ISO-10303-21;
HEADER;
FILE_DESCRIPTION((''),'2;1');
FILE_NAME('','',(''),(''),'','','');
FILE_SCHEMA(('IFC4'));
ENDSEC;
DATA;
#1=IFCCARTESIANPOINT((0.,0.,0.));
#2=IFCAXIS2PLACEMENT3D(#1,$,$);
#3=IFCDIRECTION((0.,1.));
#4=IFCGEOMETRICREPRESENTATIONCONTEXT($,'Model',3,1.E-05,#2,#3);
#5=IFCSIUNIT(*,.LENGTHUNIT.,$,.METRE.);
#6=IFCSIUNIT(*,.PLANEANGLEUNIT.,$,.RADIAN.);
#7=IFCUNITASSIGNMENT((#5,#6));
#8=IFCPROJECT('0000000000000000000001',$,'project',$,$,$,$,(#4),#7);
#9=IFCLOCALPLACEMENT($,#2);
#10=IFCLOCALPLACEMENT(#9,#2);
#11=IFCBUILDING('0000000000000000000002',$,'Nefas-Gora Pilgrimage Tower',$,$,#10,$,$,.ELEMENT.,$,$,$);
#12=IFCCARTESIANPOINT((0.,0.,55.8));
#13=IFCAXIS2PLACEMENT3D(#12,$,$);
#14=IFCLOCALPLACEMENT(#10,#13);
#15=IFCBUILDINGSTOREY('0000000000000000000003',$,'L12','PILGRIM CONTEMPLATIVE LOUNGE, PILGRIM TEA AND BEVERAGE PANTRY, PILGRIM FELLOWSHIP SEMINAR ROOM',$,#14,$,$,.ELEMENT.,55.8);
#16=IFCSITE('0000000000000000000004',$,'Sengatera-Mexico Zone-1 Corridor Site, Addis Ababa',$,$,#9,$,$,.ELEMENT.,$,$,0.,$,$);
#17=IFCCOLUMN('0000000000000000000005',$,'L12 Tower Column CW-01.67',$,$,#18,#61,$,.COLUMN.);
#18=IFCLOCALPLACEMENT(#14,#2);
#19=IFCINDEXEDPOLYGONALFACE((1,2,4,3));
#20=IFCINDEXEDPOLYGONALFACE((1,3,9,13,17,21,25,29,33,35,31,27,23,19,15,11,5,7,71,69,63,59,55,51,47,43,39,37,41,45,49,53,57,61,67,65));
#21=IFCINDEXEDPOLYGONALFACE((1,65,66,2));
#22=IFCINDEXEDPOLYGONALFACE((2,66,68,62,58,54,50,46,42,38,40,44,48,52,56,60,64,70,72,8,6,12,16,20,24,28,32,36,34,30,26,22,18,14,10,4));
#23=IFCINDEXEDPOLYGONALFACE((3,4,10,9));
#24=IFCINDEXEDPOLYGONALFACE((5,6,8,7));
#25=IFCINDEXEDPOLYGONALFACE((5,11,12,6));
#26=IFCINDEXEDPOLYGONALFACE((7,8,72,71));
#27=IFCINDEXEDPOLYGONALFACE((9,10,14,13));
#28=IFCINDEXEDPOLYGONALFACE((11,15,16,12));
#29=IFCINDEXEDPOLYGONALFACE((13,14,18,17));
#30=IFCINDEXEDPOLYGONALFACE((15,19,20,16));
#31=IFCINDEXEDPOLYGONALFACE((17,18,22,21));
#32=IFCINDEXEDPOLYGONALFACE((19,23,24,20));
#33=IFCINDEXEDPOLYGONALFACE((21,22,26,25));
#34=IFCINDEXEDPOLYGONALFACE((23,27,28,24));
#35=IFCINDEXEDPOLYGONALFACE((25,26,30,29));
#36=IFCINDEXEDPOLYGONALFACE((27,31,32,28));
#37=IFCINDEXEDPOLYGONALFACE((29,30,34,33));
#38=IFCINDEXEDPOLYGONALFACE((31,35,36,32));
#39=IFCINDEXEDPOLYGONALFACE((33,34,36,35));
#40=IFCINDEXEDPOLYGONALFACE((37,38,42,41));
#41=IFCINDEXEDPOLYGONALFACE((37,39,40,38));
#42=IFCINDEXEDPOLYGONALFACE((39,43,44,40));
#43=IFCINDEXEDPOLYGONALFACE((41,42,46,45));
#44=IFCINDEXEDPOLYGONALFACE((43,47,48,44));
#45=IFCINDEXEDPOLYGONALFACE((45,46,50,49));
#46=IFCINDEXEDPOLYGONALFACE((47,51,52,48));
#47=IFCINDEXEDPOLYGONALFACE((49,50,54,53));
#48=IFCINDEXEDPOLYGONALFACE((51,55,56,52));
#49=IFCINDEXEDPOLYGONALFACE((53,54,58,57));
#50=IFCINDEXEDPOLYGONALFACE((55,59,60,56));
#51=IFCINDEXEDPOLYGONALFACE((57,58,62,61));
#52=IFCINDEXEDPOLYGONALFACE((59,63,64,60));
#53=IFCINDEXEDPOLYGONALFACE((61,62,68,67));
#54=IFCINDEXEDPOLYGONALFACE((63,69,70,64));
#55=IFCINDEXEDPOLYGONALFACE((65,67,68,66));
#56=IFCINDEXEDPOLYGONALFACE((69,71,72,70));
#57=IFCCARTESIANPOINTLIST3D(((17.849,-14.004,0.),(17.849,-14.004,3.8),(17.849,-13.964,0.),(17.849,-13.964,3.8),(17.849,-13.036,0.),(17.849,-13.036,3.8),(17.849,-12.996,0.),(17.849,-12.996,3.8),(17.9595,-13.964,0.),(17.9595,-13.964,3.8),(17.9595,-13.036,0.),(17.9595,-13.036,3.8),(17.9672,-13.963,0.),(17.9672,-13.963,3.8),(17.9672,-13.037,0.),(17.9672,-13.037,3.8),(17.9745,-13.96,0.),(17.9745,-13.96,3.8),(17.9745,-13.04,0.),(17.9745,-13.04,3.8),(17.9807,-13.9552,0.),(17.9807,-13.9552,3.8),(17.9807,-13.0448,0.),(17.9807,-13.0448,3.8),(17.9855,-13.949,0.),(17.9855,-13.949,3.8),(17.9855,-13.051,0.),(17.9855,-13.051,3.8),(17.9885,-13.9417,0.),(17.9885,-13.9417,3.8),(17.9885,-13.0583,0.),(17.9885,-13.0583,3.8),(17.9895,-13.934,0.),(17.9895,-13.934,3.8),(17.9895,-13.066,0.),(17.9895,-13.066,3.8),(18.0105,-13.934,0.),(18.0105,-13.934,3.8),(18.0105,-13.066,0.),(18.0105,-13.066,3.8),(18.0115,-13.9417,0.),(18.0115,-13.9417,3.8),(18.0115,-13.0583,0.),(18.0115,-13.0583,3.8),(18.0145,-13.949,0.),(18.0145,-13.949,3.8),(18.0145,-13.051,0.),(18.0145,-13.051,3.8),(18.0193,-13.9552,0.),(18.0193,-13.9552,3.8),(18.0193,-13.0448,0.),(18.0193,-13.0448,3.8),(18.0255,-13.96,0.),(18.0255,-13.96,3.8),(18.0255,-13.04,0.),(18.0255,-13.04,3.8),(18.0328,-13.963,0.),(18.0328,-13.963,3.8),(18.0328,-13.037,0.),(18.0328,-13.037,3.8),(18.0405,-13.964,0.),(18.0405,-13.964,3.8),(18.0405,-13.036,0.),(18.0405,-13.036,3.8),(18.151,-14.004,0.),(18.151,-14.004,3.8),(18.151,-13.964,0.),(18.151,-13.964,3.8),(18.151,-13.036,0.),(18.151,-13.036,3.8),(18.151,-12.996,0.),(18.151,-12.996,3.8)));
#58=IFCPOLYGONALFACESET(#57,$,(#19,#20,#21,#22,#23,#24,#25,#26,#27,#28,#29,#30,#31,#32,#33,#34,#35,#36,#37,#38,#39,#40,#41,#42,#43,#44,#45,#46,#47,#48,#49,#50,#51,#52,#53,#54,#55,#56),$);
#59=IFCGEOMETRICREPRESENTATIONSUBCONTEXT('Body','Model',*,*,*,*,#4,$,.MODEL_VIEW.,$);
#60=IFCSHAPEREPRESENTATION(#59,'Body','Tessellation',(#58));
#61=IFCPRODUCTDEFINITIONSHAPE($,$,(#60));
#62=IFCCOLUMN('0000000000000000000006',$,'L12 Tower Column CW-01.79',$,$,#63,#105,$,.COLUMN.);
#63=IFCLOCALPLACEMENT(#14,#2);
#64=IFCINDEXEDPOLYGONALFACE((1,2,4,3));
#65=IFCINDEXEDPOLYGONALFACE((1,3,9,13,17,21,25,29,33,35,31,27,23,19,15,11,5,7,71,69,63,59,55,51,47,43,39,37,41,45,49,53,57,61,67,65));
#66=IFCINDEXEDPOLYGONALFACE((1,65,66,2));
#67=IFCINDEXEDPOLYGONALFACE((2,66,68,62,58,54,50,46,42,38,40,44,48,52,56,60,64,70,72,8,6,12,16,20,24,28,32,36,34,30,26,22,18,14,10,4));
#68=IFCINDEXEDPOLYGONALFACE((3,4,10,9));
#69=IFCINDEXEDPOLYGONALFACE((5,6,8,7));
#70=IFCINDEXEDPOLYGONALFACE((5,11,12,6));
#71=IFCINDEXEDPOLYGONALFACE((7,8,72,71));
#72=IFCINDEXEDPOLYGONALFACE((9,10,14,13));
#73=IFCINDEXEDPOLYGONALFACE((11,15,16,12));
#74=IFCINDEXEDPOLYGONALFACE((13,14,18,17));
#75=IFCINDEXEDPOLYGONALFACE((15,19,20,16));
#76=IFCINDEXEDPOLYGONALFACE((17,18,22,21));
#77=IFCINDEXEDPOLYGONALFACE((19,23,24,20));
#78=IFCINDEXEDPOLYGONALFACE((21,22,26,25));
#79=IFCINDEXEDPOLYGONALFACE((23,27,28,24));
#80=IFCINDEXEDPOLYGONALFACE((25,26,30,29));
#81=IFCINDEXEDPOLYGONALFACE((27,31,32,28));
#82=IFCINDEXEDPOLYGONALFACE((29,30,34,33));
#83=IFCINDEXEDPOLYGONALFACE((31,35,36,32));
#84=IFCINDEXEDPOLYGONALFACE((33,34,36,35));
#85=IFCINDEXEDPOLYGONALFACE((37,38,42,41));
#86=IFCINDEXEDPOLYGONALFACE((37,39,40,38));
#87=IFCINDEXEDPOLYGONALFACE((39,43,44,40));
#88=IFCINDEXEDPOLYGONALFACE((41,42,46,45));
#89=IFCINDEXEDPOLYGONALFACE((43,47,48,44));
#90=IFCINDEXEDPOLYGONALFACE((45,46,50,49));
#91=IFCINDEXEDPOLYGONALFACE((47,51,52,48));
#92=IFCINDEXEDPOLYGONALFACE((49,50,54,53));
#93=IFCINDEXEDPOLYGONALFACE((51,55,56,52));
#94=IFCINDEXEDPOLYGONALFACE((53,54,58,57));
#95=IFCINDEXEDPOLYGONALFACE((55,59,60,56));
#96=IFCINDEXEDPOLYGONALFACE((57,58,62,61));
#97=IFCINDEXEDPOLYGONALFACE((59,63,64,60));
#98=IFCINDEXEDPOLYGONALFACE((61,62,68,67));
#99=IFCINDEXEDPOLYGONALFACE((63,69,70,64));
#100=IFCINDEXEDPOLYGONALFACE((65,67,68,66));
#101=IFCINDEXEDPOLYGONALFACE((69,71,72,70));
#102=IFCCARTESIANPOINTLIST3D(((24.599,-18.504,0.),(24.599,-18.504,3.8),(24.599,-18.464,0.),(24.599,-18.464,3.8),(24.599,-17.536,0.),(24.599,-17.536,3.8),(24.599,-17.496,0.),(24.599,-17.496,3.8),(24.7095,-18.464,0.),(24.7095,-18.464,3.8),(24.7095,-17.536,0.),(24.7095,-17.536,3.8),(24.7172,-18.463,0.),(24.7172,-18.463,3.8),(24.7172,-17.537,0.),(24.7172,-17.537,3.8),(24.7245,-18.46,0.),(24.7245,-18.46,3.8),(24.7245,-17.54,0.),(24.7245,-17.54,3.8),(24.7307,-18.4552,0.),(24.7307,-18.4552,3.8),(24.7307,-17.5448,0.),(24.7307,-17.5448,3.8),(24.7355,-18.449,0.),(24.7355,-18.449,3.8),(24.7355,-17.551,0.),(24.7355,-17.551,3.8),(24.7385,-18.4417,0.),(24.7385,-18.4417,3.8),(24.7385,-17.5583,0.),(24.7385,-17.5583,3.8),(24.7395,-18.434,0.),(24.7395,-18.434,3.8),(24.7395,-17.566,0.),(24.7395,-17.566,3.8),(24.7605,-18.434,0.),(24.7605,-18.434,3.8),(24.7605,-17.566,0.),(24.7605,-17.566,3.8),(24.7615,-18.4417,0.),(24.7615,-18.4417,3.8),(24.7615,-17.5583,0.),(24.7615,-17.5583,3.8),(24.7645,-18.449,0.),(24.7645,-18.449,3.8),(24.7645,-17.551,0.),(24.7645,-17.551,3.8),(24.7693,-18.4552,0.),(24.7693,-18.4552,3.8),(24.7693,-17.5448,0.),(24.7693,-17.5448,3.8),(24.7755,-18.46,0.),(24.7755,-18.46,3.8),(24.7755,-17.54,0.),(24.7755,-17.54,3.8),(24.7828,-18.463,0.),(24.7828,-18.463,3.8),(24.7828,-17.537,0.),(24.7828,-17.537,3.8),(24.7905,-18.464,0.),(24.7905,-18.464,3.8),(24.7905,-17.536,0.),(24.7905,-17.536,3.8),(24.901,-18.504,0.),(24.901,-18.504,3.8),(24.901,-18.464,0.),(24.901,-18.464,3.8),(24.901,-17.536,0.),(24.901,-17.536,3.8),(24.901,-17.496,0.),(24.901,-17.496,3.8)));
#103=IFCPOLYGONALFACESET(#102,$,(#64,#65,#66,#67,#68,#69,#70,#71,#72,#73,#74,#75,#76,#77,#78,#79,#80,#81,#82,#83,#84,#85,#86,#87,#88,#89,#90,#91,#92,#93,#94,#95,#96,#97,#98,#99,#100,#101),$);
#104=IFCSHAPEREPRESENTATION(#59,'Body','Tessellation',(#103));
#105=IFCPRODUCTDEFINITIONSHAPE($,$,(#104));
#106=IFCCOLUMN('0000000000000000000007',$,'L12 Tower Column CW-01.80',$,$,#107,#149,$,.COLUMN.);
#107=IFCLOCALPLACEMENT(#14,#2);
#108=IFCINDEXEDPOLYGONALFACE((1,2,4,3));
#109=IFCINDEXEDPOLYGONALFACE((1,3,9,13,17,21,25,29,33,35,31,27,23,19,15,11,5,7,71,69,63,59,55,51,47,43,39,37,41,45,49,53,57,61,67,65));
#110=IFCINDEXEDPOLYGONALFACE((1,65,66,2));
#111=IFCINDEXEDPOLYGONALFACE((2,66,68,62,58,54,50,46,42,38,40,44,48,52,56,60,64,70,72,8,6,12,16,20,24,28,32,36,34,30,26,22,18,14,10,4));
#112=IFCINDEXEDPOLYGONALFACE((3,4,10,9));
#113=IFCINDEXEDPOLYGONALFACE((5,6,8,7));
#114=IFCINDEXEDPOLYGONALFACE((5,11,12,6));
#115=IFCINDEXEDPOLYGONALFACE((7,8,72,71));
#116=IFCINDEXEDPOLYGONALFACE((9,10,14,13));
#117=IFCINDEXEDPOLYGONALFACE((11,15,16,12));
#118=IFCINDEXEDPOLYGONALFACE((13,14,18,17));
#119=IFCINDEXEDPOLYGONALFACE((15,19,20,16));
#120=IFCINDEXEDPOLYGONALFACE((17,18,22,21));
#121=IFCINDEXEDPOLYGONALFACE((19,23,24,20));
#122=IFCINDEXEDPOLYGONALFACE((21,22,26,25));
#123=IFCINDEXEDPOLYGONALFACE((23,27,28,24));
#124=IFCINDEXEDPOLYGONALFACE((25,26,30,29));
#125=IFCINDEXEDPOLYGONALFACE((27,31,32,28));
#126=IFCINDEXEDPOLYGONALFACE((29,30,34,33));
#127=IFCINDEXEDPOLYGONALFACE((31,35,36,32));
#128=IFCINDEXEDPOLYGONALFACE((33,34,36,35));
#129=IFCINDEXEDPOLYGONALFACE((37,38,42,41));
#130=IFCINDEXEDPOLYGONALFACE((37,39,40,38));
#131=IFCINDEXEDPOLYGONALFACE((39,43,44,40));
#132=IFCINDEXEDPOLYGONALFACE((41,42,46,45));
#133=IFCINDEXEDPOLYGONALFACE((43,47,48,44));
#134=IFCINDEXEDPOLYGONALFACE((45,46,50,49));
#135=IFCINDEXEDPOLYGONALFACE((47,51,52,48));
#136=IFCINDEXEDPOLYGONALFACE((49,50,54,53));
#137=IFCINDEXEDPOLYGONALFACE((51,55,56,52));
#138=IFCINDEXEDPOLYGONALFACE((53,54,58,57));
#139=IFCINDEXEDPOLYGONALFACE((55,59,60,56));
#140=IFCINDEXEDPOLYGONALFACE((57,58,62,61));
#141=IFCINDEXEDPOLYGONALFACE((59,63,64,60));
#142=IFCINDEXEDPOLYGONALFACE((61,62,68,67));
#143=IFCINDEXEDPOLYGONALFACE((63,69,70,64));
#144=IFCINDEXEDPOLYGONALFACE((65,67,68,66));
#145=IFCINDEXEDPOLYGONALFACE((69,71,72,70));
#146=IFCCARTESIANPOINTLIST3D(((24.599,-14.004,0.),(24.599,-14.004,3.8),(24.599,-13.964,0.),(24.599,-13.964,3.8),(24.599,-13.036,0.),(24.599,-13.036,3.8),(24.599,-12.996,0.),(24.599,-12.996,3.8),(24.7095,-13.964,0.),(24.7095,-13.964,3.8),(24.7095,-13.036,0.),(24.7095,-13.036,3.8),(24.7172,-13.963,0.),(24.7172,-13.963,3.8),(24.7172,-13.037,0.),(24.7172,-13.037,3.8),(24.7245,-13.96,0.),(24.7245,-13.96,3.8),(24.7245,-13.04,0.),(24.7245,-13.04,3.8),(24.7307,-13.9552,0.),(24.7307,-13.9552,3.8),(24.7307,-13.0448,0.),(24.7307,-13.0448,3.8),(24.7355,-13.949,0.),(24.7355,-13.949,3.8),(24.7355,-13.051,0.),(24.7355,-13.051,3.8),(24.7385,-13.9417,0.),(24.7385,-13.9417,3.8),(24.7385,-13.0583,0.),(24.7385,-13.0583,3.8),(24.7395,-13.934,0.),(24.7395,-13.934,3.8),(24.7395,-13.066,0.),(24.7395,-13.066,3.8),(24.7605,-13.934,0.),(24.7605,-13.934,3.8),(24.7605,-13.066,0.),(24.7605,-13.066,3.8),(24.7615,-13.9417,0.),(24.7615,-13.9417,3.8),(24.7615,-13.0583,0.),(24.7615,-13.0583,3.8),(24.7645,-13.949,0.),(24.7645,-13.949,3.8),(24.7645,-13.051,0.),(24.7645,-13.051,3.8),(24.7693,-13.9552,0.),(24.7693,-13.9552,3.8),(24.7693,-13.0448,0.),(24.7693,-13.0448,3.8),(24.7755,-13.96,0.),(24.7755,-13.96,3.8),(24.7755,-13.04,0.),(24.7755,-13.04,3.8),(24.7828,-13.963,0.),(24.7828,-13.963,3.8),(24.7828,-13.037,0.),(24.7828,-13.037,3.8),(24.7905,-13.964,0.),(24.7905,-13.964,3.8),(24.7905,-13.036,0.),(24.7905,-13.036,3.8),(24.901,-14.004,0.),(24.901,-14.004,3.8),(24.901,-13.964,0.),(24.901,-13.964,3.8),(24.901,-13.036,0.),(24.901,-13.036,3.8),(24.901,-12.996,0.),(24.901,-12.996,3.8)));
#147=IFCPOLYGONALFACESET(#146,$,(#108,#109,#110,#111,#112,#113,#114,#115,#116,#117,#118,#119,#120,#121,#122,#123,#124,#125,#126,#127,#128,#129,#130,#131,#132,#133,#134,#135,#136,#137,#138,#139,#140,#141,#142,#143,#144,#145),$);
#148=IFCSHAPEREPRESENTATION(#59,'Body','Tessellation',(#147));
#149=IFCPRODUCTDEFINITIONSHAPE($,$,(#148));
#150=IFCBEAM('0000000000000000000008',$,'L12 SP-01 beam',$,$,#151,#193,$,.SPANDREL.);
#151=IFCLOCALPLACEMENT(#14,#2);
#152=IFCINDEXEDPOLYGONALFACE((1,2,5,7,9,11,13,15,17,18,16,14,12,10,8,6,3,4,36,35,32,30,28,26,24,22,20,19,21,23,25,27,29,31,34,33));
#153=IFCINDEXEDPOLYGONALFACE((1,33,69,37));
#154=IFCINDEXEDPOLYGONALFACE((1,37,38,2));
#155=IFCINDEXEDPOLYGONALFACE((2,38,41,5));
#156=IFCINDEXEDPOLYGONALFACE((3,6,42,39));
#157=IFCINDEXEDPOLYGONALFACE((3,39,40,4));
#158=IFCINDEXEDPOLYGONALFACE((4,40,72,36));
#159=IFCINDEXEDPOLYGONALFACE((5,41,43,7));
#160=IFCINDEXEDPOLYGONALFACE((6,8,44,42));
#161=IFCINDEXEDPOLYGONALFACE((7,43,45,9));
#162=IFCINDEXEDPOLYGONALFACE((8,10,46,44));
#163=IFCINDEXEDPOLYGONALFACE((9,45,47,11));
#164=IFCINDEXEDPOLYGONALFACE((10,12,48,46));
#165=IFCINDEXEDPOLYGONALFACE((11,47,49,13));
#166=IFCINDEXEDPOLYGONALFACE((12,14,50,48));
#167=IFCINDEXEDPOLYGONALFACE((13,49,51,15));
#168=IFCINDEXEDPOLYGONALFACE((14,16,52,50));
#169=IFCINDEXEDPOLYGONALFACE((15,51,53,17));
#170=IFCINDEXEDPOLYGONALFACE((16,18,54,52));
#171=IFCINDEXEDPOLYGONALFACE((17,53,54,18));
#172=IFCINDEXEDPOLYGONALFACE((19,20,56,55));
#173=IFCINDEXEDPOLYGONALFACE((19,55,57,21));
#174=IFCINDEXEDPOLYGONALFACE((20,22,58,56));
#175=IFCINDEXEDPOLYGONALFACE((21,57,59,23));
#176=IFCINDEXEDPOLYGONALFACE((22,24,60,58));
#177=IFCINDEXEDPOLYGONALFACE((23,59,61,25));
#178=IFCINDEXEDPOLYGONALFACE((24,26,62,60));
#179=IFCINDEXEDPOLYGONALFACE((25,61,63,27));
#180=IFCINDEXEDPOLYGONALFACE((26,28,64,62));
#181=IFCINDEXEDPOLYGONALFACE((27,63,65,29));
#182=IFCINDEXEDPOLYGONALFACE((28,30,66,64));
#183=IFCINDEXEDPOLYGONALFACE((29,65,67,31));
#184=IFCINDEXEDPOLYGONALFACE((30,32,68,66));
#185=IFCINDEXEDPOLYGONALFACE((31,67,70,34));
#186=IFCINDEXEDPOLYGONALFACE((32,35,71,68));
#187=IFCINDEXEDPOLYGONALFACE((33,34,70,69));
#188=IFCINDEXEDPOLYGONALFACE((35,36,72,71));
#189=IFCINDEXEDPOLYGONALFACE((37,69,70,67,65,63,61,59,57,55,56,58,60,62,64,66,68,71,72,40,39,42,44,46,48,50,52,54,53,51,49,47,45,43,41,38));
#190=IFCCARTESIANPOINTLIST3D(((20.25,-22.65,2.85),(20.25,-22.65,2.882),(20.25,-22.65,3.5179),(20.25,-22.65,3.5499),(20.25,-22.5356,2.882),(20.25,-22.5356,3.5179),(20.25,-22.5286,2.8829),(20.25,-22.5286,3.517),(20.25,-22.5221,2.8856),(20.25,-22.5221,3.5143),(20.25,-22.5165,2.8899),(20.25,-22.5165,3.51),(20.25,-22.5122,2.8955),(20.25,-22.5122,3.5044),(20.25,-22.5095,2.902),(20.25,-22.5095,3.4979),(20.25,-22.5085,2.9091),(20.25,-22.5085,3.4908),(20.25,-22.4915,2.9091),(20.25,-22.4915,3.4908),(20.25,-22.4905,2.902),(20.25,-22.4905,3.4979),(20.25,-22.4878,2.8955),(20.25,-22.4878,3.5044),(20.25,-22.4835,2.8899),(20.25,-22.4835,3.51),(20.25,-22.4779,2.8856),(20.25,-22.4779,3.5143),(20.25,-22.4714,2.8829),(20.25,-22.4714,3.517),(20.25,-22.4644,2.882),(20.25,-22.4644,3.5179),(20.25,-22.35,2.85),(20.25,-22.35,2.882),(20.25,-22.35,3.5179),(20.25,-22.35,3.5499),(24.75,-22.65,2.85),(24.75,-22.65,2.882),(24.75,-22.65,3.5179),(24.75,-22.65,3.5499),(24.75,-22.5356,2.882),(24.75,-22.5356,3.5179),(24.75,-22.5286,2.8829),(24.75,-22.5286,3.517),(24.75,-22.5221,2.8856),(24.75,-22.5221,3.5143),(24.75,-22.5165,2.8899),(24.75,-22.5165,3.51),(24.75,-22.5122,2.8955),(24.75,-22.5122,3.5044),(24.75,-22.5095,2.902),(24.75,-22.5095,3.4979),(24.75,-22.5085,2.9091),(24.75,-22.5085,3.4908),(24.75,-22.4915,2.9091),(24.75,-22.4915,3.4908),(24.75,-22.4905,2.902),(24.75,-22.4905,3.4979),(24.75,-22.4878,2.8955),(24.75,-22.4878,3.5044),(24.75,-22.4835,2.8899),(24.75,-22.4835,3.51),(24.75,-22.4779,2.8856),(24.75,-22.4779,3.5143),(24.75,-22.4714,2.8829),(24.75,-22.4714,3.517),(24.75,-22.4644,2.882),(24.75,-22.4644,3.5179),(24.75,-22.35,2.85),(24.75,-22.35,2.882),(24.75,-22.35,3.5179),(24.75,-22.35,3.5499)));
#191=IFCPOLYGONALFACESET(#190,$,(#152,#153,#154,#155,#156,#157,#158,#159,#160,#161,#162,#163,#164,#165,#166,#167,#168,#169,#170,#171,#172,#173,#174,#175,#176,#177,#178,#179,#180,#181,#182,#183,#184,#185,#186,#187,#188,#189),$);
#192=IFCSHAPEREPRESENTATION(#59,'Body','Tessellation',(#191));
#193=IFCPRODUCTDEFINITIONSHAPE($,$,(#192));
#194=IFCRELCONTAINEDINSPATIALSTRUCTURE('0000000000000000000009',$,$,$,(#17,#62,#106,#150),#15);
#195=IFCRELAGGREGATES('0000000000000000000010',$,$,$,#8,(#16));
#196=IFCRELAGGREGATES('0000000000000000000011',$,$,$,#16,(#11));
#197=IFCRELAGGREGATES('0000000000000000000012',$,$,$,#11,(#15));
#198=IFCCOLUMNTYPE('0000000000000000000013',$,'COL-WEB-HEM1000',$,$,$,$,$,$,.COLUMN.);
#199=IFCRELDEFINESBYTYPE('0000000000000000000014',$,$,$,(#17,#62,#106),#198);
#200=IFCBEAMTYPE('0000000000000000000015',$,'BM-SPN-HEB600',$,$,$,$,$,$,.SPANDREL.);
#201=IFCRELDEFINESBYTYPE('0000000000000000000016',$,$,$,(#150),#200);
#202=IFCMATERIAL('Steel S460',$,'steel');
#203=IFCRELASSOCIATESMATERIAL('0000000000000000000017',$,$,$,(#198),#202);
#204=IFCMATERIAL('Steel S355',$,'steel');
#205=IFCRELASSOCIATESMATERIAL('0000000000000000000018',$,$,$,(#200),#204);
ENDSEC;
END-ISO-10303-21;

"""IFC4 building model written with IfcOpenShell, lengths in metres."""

from ifc_helpers import new_model, si_unit, direction, frame, origin, origin_2d, place, context, subcontext, project, spatial, i_section, extrude, source, transform, mapped, material, material_profile, profile_set, type_object, element, save


model = new_model("IFC4")

# Units and contexts
model_context = context("Model", 3, precision=1e-05, world=origin(), true_north=direction((0.0, 1.0)))
body_context = subcontext(model_context, "Body", "Model", "MODEL_VIEW")
ifc_project = project(units=[si_unit("LENGTHUNIT", "METRE"), si_unit("PLANEANGLEUNIT", "RADIAN")], contexts=[model_context])

# Site, building, storey
site_placement = place(None, origin())
site = spatial("IfcSite", under=ifc_project, at=site_placement, Name="Sengatera-Mexico Zone-1 Corridor Site, Addis Ababa", CompositionType="ELEMENT", RefElevation=0.0)
building_placement = place(site_placement, origin())
building = spatial("IfcBuilding", under=site, at=building_placement, Name="Nefas-Gora Pilgrimage Tower", CompositionType="ELEMENT")
storey_placement = place(building_placement, frame((0.0, 0.0, 55.8)))
storey = spatial("IfcBuildingStorey", under=building, at=storey_placement, Name="L12", Description="PILGRIM CONTEMPLATIVE LOUNGE, PILGRIM TEA AND BEVERAGE PANTRY, PILGRIM FELLOWSHIP SEMINAR ROOM", CompositionType="ELEMENT", Elevation=55.8)

# Columns
ifc_material_1 = material(Name="Steel S460", Category="steel")
ifc_material_profile_1 = material_profile(ifc_material_1, i_section(OverallWidth=0.302, OverallDepth=1.0081, WebThickness=0.021, FlangeThickness=0.04, FilletRadius=0.03, at=origin_2d()), Name="HEM 1000")
ifc_profile_set_1 = profile_set([ifc_material_profile_1], Name="Steel S460")
column_type_1 = type_object("IfcColumnType", Name="COL-WEB-HEM1000", PredefinedType="COLUMN", material=ifc_profile_set_1)
shared_shape_1 = source(origin(), body_context, "Body", "SweptSolid", [
    extrude(i_section(OverallWidth=0.302, OverallDepth=1.0081, WebThickness=0.021, FlangeThickness=0.04, FilletRadius=0.03, at=origin_2d()), origin(), (0.0, 0.0, 1.0), 3.8),
])
for number, where, z_axis, x_axis, name in (
    (1, (18.0, -13.5, 0.0), (0.0, 0.0, 1.0), (1.0, 0.0, 0.0), "L12 Tower Column CW-01.67"),
    (2, (24.75, -18.0, 0.0), (0.0, 0.0, 1.0), (1.0, 0.0, 0.0), "L12 Tower Column CW-01.79"),
    (3, (24.75, -13.5, 0.0), (0.0, 0.0, 1.0), (1.0, 0.0, 0.0), "L12 Tower Column CW-01.80"),
):
    element("IfcColumn", number, at=place(storey_placement, frame(where, z_axis=z_axis, x_axis=x_axis)), inside=storey, type_object=column_type_1, Name=name, PredefinedType="COLUMN", context=body_context, shape_type="MappedRepresentation", body=[
        mapped(shared_shape_1, transform((0.0, 0.0, 0.0), x_axis=(1.0, 0.0, 0.0), y_axis=(0.0, 1.0, 0.0), z_axis=(0.0, 0.0, 1.0), scale=1.0)),
    ])

# Beam
ifc_material_2 = material(Name="Steel S355", Category="steel")
ifc_material_profile_2 = material_profile(ifc_material_2, i_section(OverallWidth=0.3, OverallDepth=0.7, WebThickness=0.0171, FlangeThickness=0.032, FilletRadius=0.0271, at=origin_2d()), Name="HEB 700")
ifc_profile_set_2 = profile_set([ifc_material_profile_2], Name="Steel S355")
beam_type_1 = type_object("IfcBeamType", Name="BM-SPN-HEB600", PredefinedType="SPANDREL", material=ifc_profile_set_2)
shared_shape_2 = source(origin(), body_context, "Body", "SweptSolid", [
    extrude(i_section(OverallWidth=0.3, OverallDepth=0.7, WebThickness=0.0171, FlangeThickness=0.032, FilletRadius=0.0271, at=origin_2d()), origin(), (0.0, 0.0, 1.0), 4.5),
])
beam_1_placement = place(storey_placement, frame((20.25, -22.5, 3.2), z_axis=(1.0, 0.0, 0.0), x_axis=(0.0, 1.0, 0.0)))
element("IfcBeam", 4, at=beam_1_placement, inside=storey, type_object=beam_type_1, Name="L12 SP-01 beam", PredefinedType="SPANDREL", context=body_context, shape_type="MappedRepresentation", body=[
    mapped(shared_shape_2, transform((0.0, 0.0, 0.0), x_axis=(1.0, 0.0, 0.0), y_axis=(0.0, 1.0, 0.0), z_axis=(0.0, 0.0, 1.0), scale=1.0)),
])

save(model, "model.ifc")
